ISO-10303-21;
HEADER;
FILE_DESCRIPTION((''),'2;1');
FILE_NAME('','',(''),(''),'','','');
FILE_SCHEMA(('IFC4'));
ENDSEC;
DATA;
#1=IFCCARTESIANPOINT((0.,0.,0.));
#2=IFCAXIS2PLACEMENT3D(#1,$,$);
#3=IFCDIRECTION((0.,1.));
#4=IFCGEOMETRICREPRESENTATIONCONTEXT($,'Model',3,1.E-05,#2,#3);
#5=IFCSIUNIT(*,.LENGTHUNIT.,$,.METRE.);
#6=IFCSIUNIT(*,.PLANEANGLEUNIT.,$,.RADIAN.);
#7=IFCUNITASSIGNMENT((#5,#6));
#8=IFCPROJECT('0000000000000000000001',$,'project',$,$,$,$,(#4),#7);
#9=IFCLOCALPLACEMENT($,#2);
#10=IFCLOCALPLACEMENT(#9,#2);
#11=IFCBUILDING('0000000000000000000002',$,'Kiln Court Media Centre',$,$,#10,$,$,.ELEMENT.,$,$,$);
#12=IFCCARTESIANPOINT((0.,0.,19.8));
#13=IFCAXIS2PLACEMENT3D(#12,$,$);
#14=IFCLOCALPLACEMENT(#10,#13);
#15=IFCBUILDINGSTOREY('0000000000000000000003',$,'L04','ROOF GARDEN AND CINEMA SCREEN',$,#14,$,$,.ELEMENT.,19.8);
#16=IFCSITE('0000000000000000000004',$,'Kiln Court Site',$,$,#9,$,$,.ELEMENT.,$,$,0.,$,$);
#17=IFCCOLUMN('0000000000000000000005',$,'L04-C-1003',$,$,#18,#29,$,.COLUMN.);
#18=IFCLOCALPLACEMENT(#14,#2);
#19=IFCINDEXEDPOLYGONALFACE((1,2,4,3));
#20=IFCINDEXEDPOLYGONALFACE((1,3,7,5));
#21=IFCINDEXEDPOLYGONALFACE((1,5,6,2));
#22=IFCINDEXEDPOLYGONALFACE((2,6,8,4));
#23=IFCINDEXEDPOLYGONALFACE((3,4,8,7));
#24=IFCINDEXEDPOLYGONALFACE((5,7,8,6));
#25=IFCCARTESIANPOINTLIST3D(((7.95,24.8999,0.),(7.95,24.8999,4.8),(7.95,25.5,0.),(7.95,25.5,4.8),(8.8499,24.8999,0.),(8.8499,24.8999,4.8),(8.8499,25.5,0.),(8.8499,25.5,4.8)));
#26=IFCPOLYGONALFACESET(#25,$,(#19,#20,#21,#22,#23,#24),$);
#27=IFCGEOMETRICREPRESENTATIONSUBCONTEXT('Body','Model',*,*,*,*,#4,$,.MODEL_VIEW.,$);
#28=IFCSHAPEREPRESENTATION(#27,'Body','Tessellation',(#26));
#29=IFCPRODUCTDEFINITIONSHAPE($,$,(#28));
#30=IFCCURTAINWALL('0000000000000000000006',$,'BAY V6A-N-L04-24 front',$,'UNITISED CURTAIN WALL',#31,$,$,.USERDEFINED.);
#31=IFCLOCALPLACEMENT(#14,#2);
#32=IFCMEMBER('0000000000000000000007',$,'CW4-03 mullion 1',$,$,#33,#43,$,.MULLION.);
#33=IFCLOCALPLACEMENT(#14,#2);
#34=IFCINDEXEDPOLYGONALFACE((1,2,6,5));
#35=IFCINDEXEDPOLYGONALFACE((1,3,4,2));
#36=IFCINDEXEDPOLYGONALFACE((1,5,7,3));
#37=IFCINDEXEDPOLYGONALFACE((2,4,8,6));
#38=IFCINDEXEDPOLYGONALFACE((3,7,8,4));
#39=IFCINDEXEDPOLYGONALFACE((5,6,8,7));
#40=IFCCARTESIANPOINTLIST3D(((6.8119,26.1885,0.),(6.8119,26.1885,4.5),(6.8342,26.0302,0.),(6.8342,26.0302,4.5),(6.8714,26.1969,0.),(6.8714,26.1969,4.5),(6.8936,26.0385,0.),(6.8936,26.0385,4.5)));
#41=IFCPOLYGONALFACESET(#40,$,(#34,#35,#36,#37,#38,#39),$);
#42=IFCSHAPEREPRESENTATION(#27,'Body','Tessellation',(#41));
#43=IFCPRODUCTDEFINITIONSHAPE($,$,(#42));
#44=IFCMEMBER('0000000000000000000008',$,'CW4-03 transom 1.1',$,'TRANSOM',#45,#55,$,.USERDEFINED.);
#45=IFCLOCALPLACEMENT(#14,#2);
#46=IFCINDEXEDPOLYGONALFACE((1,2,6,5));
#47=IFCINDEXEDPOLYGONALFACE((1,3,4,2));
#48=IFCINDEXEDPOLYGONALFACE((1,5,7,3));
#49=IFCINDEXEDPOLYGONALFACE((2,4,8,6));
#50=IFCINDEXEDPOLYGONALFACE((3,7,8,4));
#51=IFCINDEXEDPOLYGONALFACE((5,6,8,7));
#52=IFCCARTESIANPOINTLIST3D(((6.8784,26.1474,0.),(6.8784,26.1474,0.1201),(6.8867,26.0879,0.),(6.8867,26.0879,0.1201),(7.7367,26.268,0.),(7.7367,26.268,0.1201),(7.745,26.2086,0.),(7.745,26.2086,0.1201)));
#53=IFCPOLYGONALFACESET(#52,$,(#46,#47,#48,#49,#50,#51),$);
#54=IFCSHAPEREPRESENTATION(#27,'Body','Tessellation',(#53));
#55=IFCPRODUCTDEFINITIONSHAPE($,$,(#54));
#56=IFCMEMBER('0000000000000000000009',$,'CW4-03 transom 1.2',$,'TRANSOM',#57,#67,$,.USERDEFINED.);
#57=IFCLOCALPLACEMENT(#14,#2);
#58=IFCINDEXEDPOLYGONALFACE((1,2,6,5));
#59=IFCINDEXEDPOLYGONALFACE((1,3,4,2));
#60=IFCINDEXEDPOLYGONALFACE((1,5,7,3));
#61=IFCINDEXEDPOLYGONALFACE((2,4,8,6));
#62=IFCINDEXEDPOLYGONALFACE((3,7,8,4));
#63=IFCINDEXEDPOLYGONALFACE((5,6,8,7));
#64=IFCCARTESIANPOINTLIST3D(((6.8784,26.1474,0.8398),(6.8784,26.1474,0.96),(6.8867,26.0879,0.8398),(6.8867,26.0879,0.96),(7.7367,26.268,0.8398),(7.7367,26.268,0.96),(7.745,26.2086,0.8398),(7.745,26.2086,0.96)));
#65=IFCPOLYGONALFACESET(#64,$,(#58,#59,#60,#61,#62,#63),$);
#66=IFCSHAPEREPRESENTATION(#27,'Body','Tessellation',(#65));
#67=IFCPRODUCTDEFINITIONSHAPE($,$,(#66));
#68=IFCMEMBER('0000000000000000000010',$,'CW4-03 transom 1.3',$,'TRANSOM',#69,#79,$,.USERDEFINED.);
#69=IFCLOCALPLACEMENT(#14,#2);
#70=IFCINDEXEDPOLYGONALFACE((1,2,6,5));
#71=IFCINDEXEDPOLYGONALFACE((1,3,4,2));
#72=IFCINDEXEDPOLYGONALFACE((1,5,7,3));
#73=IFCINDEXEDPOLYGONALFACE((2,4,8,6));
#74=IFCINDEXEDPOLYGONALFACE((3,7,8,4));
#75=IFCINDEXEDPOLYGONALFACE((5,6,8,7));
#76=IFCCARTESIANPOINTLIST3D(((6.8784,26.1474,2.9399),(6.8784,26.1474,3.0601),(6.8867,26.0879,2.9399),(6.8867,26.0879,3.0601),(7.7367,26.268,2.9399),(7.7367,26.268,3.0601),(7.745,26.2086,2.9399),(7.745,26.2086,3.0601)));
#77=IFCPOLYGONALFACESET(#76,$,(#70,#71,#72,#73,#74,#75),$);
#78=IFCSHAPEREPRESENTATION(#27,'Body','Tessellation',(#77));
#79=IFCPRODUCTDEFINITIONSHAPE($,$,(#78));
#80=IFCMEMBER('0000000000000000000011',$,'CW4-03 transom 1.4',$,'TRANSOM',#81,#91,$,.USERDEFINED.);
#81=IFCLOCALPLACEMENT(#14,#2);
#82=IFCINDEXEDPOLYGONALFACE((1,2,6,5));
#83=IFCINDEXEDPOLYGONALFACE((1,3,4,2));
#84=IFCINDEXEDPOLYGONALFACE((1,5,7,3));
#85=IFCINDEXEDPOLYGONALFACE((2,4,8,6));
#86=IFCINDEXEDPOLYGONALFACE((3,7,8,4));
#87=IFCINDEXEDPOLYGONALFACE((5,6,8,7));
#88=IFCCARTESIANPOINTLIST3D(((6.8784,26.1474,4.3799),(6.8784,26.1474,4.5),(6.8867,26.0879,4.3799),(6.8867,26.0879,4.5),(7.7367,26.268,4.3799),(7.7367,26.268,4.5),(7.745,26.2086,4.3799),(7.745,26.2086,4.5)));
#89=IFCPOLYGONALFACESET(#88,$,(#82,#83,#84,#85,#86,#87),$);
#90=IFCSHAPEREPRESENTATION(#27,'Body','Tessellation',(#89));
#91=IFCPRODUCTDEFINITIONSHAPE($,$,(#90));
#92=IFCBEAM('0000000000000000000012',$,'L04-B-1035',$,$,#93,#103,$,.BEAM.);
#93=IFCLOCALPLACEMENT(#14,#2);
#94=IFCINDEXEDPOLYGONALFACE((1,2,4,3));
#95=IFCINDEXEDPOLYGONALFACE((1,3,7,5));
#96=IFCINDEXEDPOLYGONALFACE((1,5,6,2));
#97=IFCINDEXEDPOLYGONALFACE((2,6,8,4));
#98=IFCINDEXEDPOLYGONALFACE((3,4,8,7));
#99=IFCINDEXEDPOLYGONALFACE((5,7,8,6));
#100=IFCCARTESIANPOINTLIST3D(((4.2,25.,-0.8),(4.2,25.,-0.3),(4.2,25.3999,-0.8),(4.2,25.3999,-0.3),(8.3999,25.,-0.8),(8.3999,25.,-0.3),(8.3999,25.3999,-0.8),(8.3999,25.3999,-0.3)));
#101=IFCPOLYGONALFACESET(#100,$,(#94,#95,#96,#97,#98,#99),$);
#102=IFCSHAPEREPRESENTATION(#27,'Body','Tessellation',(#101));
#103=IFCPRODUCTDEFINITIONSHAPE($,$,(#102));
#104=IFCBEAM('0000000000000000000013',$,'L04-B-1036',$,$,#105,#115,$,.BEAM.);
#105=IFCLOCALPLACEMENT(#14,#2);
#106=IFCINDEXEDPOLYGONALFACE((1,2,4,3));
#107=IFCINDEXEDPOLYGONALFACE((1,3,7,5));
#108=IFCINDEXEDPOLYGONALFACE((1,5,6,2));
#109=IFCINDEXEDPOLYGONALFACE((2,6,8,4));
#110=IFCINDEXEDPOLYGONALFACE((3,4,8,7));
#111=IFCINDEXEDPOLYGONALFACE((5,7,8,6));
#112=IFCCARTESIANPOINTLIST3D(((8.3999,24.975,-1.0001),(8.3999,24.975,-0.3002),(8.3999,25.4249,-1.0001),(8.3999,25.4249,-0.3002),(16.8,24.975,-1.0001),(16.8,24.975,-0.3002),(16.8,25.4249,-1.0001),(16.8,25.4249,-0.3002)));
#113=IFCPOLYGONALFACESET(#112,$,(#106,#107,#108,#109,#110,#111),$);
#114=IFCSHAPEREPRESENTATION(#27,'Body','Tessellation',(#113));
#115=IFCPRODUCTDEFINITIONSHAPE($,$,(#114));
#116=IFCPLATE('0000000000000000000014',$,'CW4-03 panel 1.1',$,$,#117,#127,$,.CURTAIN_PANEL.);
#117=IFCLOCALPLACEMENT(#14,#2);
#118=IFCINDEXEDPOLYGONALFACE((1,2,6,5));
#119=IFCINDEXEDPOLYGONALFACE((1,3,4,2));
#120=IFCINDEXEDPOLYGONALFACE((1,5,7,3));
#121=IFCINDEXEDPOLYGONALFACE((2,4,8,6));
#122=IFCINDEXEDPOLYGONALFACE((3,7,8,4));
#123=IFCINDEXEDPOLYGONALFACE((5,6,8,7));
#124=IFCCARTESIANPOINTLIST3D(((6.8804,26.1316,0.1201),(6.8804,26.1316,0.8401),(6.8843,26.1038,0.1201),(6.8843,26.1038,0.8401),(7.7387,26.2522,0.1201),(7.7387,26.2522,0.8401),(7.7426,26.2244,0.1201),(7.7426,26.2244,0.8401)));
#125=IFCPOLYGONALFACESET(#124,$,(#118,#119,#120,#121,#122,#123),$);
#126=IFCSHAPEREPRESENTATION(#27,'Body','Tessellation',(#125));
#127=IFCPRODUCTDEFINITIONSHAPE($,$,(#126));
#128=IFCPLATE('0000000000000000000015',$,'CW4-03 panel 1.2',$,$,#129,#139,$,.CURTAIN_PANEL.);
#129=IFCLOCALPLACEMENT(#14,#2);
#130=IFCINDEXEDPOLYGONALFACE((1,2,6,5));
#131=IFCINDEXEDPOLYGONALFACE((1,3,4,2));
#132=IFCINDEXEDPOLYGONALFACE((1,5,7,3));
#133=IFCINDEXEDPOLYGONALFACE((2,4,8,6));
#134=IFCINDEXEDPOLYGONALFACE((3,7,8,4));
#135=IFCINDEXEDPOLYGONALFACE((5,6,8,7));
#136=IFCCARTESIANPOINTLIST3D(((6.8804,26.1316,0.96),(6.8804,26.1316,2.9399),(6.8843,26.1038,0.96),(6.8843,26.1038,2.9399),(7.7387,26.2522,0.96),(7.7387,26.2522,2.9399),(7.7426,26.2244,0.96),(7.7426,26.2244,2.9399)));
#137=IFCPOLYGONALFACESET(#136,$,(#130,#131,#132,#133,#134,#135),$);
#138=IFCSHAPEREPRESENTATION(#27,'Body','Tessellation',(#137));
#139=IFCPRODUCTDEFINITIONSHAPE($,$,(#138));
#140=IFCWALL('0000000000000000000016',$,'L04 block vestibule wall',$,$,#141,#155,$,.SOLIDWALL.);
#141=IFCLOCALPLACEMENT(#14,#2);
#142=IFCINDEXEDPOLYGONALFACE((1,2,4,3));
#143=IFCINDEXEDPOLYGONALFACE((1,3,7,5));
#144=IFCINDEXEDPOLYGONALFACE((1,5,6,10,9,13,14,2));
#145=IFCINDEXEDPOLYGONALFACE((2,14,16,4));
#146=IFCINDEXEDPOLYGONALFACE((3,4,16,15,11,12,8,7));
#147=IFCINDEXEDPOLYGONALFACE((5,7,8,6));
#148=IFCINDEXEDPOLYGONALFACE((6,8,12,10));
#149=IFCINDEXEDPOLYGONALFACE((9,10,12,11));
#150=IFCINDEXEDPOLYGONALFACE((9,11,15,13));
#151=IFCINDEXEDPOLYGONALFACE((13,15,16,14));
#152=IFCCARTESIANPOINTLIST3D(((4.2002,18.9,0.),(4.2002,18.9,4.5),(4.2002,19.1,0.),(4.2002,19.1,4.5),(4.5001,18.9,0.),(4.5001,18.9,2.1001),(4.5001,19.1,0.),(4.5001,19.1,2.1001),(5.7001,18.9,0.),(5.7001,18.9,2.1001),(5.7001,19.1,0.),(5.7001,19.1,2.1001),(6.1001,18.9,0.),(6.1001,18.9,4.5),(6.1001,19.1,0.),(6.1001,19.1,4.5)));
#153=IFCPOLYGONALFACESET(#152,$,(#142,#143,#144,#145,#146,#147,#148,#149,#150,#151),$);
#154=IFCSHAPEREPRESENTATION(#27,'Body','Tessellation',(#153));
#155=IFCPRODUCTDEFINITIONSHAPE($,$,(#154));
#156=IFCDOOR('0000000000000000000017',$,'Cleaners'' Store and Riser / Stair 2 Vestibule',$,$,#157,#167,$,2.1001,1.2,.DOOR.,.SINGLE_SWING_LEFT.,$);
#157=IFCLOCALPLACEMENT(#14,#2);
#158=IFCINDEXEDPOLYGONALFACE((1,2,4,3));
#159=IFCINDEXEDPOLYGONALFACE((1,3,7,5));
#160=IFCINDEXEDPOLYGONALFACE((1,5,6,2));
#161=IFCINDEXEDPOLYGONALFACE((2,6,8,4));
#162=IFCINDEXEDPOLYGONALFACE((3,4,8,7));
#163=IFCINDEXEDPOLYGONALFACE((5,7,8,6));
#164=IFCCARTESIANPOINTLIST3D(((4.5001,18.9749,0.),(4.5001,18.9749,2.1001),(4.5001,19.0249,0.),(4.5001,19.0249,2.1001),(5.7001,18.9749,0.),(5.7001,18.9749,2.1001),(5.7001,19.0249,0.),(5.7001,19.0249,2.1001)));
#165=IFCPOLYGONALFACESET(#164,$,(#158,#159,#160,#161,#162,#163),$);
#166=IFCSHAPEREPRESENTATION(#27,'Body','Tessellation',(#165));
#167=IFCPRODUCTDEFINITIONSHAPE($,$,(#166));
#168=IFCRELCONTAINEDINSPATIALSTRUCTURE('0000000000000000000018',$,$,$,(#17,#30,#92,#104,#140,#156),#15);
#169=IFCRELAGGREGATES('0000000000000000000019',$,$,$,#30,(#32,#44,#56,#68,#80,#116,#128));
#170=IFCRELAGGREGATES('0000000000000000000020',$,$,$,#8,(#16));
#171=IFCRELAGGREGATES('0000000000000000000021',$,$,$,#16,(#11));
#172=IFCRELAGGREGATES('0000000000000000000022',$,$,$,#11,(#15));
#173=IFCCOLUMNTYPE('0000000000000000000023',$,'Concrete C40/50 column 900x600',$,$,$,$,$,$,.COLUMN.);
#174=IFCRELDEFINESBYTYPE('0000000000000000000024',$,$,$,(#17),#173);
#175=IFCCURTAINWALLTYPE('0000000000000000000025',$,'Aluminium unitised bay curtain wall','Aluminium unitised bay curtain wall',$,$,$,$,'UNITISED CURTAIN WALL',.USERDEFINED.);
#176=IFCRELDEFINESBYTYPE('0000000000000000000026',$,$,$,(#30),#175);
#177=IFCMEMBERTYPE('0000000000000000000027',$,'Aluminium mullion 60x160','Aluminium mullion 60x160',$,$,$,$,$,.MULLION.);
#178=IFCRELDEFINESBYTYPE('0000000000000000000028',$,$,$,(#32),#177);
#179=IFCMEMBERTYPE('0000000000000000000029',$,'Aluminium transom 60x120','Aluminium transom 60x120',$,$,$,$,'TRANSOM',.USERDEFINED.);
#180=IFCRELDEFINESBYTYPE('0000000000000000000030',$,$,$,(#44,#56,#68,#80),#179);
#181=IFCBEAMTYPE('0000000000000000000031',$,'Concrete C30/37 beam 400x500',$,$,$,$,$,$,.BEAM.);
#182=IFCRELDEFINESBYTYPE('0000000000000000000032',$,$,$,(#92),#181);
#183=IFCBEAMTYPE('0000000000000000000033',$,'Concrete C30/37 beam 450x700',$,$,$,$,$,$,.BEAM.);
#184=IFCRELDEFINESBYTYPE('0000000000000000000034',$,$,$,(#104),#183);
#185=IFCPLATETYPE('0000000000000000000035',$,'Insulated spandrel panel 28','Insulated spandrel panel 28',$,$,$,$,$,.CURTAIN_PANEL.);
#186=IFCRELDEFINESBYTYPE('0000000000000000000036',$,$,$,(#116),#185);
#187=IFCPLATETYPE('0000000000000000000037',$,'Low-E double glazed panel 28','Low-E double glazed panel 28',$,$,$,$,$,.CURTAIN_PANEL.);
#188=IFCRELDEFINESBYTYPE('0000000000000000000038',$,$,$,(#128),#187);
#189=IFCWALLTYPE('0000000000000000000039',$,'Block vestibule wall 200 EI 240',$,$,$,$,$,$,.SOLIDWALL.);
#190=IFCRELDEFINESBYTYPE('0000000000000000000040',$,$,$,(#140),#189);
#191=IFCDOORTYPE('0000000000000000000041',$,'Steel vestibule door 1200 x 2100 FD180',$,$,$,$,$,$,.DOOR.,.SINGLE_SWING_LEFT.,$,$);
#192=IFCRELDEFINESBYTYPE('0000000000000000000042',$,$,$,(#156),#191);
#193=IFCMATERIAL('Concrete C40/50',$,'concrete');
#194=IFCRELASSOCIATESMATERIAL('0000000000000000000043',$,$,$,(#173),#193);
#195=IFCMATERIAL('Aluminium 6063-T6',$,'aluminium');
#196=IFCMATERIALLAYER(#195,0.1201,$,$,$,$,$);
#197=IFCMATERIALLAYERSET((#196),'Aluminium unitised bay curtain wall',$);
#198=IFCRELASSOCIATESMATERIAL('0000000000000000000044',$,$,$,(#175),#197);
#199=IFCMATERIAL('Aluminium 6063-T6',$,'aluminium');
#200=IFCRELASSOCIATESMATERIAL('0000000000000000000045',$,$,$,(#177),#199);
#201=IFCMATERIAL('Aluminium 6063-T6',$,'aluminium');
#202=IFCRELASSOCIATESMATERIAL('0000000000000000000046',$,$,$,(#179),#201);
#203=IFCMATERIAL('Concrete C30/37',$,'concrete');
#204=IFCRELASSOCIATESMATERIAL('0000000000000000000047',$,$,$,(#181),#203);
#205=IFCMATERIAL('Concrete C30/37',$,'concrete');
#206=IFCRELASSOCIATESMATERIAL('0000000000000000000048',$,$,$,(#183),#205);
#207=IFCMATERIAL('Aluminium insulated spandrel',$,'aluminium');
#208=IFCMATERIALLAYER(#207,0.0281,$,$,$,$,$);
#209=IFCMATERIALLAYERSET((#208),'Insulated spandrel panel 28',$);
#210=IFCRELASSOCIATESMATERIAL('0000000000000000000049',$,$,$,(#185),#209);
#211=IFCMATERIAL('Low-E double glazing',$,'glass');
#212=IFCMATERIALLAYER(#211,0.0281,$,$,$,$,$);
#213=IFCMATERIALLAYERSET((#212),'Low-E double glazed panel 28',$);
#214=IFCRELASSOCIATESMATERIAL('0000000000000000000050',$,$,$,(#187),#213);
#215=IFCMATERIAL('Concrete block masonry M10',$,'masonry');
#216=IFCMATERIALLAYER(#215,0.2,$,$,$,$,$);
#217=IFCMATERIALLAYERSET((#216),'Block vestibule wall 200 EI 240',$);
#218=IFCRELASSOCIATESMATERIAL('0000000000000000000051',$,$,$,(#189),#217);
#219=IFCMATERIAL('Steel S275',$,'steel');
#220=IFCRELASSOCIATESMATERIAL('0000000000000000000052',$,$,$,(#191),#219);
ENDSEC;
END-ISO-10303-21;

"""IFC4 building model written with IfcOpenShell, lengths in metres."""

from ifc_helpers import new_model, si_unit, direction, frame, frame_2d, origin, origin_2d, place, context, subcontext, project, spatial, rectangle, extrude, material, layer, layer_set, material_profile, profile_set, type_object, element, fill, aggregate, save


model = new_model("IFC4")

# Units and contexts
model_context = context("Model", 3, precision=1e-05, world=origin(), true_north=direction((0.0, 1.0)))
body_context = subcontext(model_context, "Body", "Model", "MODEL_VIEW")
ifc_project = project(units=[si_unit("LENGTHUNIT", "METRE"), si_unit("PLANEANGLEUNIT", "RADIAN")], contexts=[model_context])

# Site, building, storey
site_placement = place(None, origin())
site = spatial("IfcSite", under=ifc_project, at=site_placement, Name="Kiln Court Site", CompositionType="ELEMENT", RefElevation=0.0)
building_placement = place(site_placement, origin())
building = spatial("IfcBuilding", under=site, at=building_placement, Name="Kiln Court Media Centre", CompositionType="ELEMENT")
storey_placement = place(building_placement, frame((0.0, 0.0, 19.8)))
storey = spatial("IfcBuildingStorey", under=building, at=storey_placement, Name="L04", Description="ROOF GARDEN AND CINEMA SCREEN", CompositionType="ELEMENT", Elevation=19.8)

# Column
ifc_material_1 = material(Name="Concrete C40/50", Category="concrete")
ifc_material_profile_1 = material_profile(ifc_material_1, rectangle(XDim=0.8999, YDim=0.6001, at=origin_2d()), Name="RC 900x600")
ifc_profile_set_1 = profile_set([ifc_material_profile_1], Name="Concrete C40/50")
column_type = type_object("IfcColumnType", Name="Concrete C40/50 column 900x600", PredefinedType="COLUMN", material=ifc_profile_set_1)
column_placement = place(storey_placement, frame((8.3999, 25.2, 0.0), z_axis=(0.0, 0.0, 1.0), x_axis=(1.0, 0.0, 0.0)))
element("IfcColumn", 1, at=column_placement, inside=storey, type_object=column_type, Name="L04-C-1003", PredefinedType="COLUMN", context=body_context, shape_type="SweptSolid", body=[
    extrude(rectangle(XDim=0.8999, YDim=0.6001, at=origin_2d()), origin(), (0.0, 0.0, 1.0), 4.8),
])

# Curtain wall, members
ifc_material_2 = material(Name="Aluminium 6063-T6", Category="aluminium")
ifc_layer_1 = layer(ifc_material_2, 0.1201)
ifc_layer_set_1 = layer_set([ifc_layer_1], Name="Aluminium unitised bay curtain wall")
curtain_wall_type = type_object("IfcCurtainWallType", Name="Aluminium unitised bay curtain wall", Description="Aluminium unitised bay curtain wall", ElementType="UNITISED CURTAIN WALL", PredefinedType="USERDEFINED", material=ifc_layer_set_1)
curtain_wall_placement = place(storey_placement, origin())
curtain_wall = element("IfcCurtainWall", 2, at=curtain_wall_placement, inside=storey, type_object=curtain_wall_type, Name="BAY V6A-N-L04-24 front", ObjectType="UNITISED CURTAIN WALL", PredefinedType="USERDEFINED")
ifc_material_3 = material(Name="Aluminium 6063-T6", Category="aluminium")
ifc_material_profile_2 = material_profile(ifc_material_3, rectangle(XDim=0.0601, YDim=0.1599, at=origin_2d()), Name="Aluminium mullion 60x160")
ifc_profile_set_2 = profile_set([ifc_material_profile_2], Name="Aluminium 6063-T6")
member_type_1 = type_object("IfcMemberType", Name="Aluminium mullion 60x160", Description="Aluminium mullion 60x160", PredefinedType="MULLION", material=ifc_profile_set_2)
member_1_placement = place(storey_placement, frame((6.8528, 26.1135, 0.0), z_axis=(0.0, 0.0, 1.0), x_axis=(0.99027, 0.139162, 0.0)))
member_1 = element("IfcMember", 3, at=member_1_placement, type_object=member_type_1, Name="CW4-03 mullion 1", PredefinedType="MULLION", context=body_context, shape_type="SweptSolid", body=[
    extrude(rectangle(XDim=0.0601, YDim=0.1599, at=origin_2d()), origin(), (0.0, 0.0, 1.0), 4.5),
])
ifc_material_4 = material(Name="Aluminium 6063-T6", Category="aluminium")
ifc_material_profile_3 = material_profile(ifc_material_4, rectangle(XDim=0.0601, YDim=0.1201, at=origin_2d()), Name="Aluminium transom 60x120")
ifc_profile_set_3 = profile_set([ifc_material_profile_3], Name="Aluminium 6063-T6")
member_type_2 = type_object("IfcMemberType", Name="Aluminium transom 60x120", Description="Aluminium transom 60x120", ElementType="TRANSOM", PredefinedType="USERDEFINED", material=ifc_profile_set_3)
member_2_placement = place(storey_placement, frame((6.8826, 26.1177, 0.0601), z_axis=(0.990268, 0.139173, 0.0), x_axis=(-0.139173, 0.990268, 0.0)))
member_2 = element("IfcMember", 4, at=member_2_placement, type_object=member_type_2, Name="CW4-03 transom 1.1", ObjectType="TRANSOM", PredefinedType="USERDEFINED", context=body_context, shape_type="SweptSolid", body=[
    extrude(rectangle(XDim=0.0601, YDim=0.1201, at=origin_2d()), origin(), (0.0, 0.0, 1.0), 0.8667),
])
member_3_placement = place(storey_placement, frame((6.8826, 26.1177, 0.8999), z_axis=(0.990268, 0.139173, 0.0), x_axis=(-0.139173, 0.990268, 0.0)))
member_3 = element("IfcMember", 5, at=member_3_placement, type_object=member_type_2, Name="CW4-03 transom 1.2", ObjectType="TRANSOM", PredefinedType="USERDEFINED", context=body_context, shape_type="SweptSolid", body=[
    extrude(rectangle(XDim=0.0601, YDim=0.1201, at=origin_2d()), origin(), (0.0, 0.0, 1.0), 0.8667),
])
member_4_placement = place(storey_placement, frame((6.8826, 26.1177, 3.0), z_axis=(0.990268, 0.139173, 0.0), x_axis=(-0.139173, 0.990268, 0.0)))
member_4 = element("IfcMember", 6, at=member_4_placement, type_object=member_type_2, Name="CW4-03 transom 1.3", ObjectType="TRANSOM", PredefinedType="USERDEFINED", context=body_context, shape_type="SweptSolid", body=[
    extrude(rectangle(XDim=0.0601, YDim=0.1201, at=origin_2d()), origin(), (0.0, 0.0, 1.0), 0.8667),
])
member_5_placement = place(storey_placement, frame((6.8826, 26.1177, 4.4399), z_axis=(0.990268, 0.139173, 0.0), x_axis=(-0.139173, 0.990268, 0.0)))
member_5 = element("IfcMember", 7, at=member_5_placement, type_object=member_type_2, Name="CW4-03 transom 1.4", ObjectType="TRANSOM", PredefinedType="USERDEFINED", context=body_context, shape_type="SweptSolid", body=[
    extrude(rectangle(XDim=0.0601, YDim=0.1201, at=origin_2d()), origin(), (0.0, 0.0, 1.0), 0.8667),
])

# Beams
ifc_material_5 = material(Name="Concrete C30/37", Category="concrete")
ifc_material_profile_4 = material_profile(ifc_material_5, rectangle(XDim=0.3999, YDim=0.5, at=origin_2d()), Name="RC 400x500")
ifc_profile_set_4 = profile_set([ifc_material_profile_4], Name="Concrete C30/37")
beam_type_1 = type_object("IfcBeamType", Name="Concrete C30/37 beam 400x500", PredefinedType="BEAM", material=ifc_profile_set_4)
beam_1_placement = place(storey_placement, frame((4.2, 25.2, -0.55), z_axis=(1.0, 0.0, 0.0), x_axis=(0.0, 1.0, 0.0)))
element("IfcBeam", 8, at=beam_1_placement, inside=storey, type_object=beam_type_1, Name="L04-B-1035", PredefinedType="BEAM", context=body_context, shape_type="SweptSolid", body=[
    extrude(rectangle(XDim=0.3999, YDim=0.5, at=origin_2d()), origin(), (0.0, 0.0, 1.0), 4.2),
])
ifc_material_6 = material(Name="Concrete C30/37", Category="concrete")
ifc_material_profile_5 = material_profile(ifc_material_6, rectangle(XDim=0.45, YDim=0.7, at=origin_2d()), Name="RC 450x700")
ifc_profile_set_5 = profile_set([ifc_material_profile_5], Name="Concrete C30/37")
beam_type_2 = type_object("IfcBeamType", Name="Concrete C30/37 beam 450x700", PredefinedType="BEAM", material=ifc_profile_set_5)
beam_2_placement = place(storey_placement, frame((8.3999, 25.2, -0.6501), z_axis=(1.0, 0.0, 0.0), x_axis=(0.0, 1.0, 0.0)))
element("IfcBeam", 9, at=beam_2_placement, inside=storey, type_object=beam_type_2, Name="L04-B-1036", PredefinedType="BEAM", context=body_context, shape_type="SweptSolid", body=[
    extrude(rectangle(XDim=0.45, YDim=0.7, at=origin_2d()), origin(), (0.0, 0.0, 1.0), 8.4001),
])

# Plates
ifc_material_7 = material(Name="Aluminium insulated spandrel", Category="aluminium")
ifc_layer_2 = layer(ifc_material_7, 0.0281)
ifc_layer_set_2 = layer_set([ifc_layer_2], Name="Insulated spandrel panel 28")
plate_type_1 = type_object("IfcPlateType", Name="Insulated spandrel panel 28", Description="Insulated spandrel panel 28", PredefinedType="CURTAIN_PANEL", material=ifc_layer_set_2)
plate_1_placement = place(storey_placement, frame((7.3115, 26.178, 0.1201), z_axis=(0.0, 0.0, 1.0), x_axis=(0.99027, 0.139162, 0.0)))
plate_1 = element("IfcPlate", 10, at=plate_1_placement, type_object=plate_type_1, Name="CW4-03 panel 1.1", PredefinedType="CURTAIN_PANEL", context=body_context, shape_type="SweptSolid", body=[
    extrude(rectangle(XDim=0.8667, YDim=0.0281, at=origin_2d()), origin(), (0.0, 0.0, 1.0), 0.72),
])
ifc_material_8 = material(Name="Low-E double glazing", Category="glass")
ifc_layer_3 = layer(ifc_material_8, 0.0281)
ifc_layer_set_3 = layer_set([ifc_layer_3], Name="Low-E double glazed panel 28")
plate_type_2 = type_object("IfcPlateType", Name="Low-E double glazed panel 28", Description="Low-E double glazed panel 28", PredefinedType="CURTAIN_PANEL", material=ifc_layer_set_3)
plate_2_placement = place(storey_placement, frame((7.3115, 26.178, 0.96), z_axis=(0.0, 0.0, 1.0), x_axis=(0.99027, 0.139162, 0.0)))
plate_2 = element("IfcPlate", 11, at=plate_2_placement, type_object=plate_type_2, Name="CW4-03 panel 1.2", PredefinedType="CURTAIN_PANEL", context=body_context, shape_type="SweptSolid", body=[
    extrude(rectangle(XDim=0.8667, YDim=0.0281, at=origin_2d()), origin(), (0.0, 0.0, 1.0), 1.98),
])
aggregate(curtain_wall, [member_1, member_2, member_3, member_4, member_5, plate_1, plate_2])

# Wall, opening, door
ifc_material_9 = material(Name="Concrete block masonry M10", Category="masonry")
ifc_layer_4 = layer(ifc_material_9, 0.2)
ifc_layer_set_4 = layer_set([ifc_layer_4], Name="Block vestibule wall 200 EI 240")
wall_type_1 = type_object("IfcWallType", Name="Block vestibule wall 200 EI 240", PredefinedType="SOLIDWALL", material=ifc_layer_set_4)
wall_1_placement = place(storey_placement, frame((4.2002, 19.0, 0.0), z_axis=(0.0, 0.0, 1.0), x_axis=(1.0, 0.0, 0.0)))
wall_1 = element("IfcWall", 12, at=wall_1_placement, inside=storey, type_object=wall_type_1, Name="L04 block vestibule wall", PredefinedType="SOLIDWALL", context=body_context, shape_type="SweptSolid", body=[
    extrude(rectangle(XDim=1.8999, YDim=0.2, at=frame_2d((0.95, 0.0))), origin(), (0.0, 0.0, 1.0), 4.5),
])
opening_1_placement = place(wall_1_placement, frame((0.2998, 0.0, 0.0)))
opening_1 = element("IfcOpeningElement", 13, at=opening_1_placement, cuts=wall_1, PredefinedType="OPENING", context=body_context, shape_type="SweptSolid", body=[
    extrude(rectangle(XDim=1.2, YDim=2.1001, at=frame_2d((0.6001, 1.05))), frame((0.0, 0.1099, 0.0), z_axis=(0.0, -1.0, 0.0), x_axis=(1.0, 0.0, 0.0)), (0.0, 0.0, 1.0), 0.22),
])
ifc_material_10 = material(Name="Steel S275", Category="steel")
door_type_1 = type_object("IfcDoorType", Name="Steel vestibule door 1200 x 2100 FD180", OperationType="SINGLE_SWING_LEFT", PredefinedType="DOOR", material=ifc_material_10)
door_1_placement = place(opening_1_placement, origin())
door_1 = element("IfcDoor", 14, at=door_1_placement, inside=storey, type_object=door_type_1, Name="Cleaners' Store and Riser / Stair 2 Vestibule", OperationType="SINGLE_SWING_LEFT", OverallHeight=2.1001, OverallWidth=1.2, PredefinedType="DOOR", context=body_context, shape_type="SweptSolid", body=[
    extrude(rectangle(XDim=1.2, YDim=2.1001, at=frame_2d((0.6001, 1.05))), frame((0.0, 0.0249, 0.0), z_axis=(0.0, -1.0, 0.0), x_axis=(1.0, 0.0, 0.0)), (0.0, 0.0, 1.0), 0.05),
])
fill(opening_1, door_1)

save(model, "model.ifc")
